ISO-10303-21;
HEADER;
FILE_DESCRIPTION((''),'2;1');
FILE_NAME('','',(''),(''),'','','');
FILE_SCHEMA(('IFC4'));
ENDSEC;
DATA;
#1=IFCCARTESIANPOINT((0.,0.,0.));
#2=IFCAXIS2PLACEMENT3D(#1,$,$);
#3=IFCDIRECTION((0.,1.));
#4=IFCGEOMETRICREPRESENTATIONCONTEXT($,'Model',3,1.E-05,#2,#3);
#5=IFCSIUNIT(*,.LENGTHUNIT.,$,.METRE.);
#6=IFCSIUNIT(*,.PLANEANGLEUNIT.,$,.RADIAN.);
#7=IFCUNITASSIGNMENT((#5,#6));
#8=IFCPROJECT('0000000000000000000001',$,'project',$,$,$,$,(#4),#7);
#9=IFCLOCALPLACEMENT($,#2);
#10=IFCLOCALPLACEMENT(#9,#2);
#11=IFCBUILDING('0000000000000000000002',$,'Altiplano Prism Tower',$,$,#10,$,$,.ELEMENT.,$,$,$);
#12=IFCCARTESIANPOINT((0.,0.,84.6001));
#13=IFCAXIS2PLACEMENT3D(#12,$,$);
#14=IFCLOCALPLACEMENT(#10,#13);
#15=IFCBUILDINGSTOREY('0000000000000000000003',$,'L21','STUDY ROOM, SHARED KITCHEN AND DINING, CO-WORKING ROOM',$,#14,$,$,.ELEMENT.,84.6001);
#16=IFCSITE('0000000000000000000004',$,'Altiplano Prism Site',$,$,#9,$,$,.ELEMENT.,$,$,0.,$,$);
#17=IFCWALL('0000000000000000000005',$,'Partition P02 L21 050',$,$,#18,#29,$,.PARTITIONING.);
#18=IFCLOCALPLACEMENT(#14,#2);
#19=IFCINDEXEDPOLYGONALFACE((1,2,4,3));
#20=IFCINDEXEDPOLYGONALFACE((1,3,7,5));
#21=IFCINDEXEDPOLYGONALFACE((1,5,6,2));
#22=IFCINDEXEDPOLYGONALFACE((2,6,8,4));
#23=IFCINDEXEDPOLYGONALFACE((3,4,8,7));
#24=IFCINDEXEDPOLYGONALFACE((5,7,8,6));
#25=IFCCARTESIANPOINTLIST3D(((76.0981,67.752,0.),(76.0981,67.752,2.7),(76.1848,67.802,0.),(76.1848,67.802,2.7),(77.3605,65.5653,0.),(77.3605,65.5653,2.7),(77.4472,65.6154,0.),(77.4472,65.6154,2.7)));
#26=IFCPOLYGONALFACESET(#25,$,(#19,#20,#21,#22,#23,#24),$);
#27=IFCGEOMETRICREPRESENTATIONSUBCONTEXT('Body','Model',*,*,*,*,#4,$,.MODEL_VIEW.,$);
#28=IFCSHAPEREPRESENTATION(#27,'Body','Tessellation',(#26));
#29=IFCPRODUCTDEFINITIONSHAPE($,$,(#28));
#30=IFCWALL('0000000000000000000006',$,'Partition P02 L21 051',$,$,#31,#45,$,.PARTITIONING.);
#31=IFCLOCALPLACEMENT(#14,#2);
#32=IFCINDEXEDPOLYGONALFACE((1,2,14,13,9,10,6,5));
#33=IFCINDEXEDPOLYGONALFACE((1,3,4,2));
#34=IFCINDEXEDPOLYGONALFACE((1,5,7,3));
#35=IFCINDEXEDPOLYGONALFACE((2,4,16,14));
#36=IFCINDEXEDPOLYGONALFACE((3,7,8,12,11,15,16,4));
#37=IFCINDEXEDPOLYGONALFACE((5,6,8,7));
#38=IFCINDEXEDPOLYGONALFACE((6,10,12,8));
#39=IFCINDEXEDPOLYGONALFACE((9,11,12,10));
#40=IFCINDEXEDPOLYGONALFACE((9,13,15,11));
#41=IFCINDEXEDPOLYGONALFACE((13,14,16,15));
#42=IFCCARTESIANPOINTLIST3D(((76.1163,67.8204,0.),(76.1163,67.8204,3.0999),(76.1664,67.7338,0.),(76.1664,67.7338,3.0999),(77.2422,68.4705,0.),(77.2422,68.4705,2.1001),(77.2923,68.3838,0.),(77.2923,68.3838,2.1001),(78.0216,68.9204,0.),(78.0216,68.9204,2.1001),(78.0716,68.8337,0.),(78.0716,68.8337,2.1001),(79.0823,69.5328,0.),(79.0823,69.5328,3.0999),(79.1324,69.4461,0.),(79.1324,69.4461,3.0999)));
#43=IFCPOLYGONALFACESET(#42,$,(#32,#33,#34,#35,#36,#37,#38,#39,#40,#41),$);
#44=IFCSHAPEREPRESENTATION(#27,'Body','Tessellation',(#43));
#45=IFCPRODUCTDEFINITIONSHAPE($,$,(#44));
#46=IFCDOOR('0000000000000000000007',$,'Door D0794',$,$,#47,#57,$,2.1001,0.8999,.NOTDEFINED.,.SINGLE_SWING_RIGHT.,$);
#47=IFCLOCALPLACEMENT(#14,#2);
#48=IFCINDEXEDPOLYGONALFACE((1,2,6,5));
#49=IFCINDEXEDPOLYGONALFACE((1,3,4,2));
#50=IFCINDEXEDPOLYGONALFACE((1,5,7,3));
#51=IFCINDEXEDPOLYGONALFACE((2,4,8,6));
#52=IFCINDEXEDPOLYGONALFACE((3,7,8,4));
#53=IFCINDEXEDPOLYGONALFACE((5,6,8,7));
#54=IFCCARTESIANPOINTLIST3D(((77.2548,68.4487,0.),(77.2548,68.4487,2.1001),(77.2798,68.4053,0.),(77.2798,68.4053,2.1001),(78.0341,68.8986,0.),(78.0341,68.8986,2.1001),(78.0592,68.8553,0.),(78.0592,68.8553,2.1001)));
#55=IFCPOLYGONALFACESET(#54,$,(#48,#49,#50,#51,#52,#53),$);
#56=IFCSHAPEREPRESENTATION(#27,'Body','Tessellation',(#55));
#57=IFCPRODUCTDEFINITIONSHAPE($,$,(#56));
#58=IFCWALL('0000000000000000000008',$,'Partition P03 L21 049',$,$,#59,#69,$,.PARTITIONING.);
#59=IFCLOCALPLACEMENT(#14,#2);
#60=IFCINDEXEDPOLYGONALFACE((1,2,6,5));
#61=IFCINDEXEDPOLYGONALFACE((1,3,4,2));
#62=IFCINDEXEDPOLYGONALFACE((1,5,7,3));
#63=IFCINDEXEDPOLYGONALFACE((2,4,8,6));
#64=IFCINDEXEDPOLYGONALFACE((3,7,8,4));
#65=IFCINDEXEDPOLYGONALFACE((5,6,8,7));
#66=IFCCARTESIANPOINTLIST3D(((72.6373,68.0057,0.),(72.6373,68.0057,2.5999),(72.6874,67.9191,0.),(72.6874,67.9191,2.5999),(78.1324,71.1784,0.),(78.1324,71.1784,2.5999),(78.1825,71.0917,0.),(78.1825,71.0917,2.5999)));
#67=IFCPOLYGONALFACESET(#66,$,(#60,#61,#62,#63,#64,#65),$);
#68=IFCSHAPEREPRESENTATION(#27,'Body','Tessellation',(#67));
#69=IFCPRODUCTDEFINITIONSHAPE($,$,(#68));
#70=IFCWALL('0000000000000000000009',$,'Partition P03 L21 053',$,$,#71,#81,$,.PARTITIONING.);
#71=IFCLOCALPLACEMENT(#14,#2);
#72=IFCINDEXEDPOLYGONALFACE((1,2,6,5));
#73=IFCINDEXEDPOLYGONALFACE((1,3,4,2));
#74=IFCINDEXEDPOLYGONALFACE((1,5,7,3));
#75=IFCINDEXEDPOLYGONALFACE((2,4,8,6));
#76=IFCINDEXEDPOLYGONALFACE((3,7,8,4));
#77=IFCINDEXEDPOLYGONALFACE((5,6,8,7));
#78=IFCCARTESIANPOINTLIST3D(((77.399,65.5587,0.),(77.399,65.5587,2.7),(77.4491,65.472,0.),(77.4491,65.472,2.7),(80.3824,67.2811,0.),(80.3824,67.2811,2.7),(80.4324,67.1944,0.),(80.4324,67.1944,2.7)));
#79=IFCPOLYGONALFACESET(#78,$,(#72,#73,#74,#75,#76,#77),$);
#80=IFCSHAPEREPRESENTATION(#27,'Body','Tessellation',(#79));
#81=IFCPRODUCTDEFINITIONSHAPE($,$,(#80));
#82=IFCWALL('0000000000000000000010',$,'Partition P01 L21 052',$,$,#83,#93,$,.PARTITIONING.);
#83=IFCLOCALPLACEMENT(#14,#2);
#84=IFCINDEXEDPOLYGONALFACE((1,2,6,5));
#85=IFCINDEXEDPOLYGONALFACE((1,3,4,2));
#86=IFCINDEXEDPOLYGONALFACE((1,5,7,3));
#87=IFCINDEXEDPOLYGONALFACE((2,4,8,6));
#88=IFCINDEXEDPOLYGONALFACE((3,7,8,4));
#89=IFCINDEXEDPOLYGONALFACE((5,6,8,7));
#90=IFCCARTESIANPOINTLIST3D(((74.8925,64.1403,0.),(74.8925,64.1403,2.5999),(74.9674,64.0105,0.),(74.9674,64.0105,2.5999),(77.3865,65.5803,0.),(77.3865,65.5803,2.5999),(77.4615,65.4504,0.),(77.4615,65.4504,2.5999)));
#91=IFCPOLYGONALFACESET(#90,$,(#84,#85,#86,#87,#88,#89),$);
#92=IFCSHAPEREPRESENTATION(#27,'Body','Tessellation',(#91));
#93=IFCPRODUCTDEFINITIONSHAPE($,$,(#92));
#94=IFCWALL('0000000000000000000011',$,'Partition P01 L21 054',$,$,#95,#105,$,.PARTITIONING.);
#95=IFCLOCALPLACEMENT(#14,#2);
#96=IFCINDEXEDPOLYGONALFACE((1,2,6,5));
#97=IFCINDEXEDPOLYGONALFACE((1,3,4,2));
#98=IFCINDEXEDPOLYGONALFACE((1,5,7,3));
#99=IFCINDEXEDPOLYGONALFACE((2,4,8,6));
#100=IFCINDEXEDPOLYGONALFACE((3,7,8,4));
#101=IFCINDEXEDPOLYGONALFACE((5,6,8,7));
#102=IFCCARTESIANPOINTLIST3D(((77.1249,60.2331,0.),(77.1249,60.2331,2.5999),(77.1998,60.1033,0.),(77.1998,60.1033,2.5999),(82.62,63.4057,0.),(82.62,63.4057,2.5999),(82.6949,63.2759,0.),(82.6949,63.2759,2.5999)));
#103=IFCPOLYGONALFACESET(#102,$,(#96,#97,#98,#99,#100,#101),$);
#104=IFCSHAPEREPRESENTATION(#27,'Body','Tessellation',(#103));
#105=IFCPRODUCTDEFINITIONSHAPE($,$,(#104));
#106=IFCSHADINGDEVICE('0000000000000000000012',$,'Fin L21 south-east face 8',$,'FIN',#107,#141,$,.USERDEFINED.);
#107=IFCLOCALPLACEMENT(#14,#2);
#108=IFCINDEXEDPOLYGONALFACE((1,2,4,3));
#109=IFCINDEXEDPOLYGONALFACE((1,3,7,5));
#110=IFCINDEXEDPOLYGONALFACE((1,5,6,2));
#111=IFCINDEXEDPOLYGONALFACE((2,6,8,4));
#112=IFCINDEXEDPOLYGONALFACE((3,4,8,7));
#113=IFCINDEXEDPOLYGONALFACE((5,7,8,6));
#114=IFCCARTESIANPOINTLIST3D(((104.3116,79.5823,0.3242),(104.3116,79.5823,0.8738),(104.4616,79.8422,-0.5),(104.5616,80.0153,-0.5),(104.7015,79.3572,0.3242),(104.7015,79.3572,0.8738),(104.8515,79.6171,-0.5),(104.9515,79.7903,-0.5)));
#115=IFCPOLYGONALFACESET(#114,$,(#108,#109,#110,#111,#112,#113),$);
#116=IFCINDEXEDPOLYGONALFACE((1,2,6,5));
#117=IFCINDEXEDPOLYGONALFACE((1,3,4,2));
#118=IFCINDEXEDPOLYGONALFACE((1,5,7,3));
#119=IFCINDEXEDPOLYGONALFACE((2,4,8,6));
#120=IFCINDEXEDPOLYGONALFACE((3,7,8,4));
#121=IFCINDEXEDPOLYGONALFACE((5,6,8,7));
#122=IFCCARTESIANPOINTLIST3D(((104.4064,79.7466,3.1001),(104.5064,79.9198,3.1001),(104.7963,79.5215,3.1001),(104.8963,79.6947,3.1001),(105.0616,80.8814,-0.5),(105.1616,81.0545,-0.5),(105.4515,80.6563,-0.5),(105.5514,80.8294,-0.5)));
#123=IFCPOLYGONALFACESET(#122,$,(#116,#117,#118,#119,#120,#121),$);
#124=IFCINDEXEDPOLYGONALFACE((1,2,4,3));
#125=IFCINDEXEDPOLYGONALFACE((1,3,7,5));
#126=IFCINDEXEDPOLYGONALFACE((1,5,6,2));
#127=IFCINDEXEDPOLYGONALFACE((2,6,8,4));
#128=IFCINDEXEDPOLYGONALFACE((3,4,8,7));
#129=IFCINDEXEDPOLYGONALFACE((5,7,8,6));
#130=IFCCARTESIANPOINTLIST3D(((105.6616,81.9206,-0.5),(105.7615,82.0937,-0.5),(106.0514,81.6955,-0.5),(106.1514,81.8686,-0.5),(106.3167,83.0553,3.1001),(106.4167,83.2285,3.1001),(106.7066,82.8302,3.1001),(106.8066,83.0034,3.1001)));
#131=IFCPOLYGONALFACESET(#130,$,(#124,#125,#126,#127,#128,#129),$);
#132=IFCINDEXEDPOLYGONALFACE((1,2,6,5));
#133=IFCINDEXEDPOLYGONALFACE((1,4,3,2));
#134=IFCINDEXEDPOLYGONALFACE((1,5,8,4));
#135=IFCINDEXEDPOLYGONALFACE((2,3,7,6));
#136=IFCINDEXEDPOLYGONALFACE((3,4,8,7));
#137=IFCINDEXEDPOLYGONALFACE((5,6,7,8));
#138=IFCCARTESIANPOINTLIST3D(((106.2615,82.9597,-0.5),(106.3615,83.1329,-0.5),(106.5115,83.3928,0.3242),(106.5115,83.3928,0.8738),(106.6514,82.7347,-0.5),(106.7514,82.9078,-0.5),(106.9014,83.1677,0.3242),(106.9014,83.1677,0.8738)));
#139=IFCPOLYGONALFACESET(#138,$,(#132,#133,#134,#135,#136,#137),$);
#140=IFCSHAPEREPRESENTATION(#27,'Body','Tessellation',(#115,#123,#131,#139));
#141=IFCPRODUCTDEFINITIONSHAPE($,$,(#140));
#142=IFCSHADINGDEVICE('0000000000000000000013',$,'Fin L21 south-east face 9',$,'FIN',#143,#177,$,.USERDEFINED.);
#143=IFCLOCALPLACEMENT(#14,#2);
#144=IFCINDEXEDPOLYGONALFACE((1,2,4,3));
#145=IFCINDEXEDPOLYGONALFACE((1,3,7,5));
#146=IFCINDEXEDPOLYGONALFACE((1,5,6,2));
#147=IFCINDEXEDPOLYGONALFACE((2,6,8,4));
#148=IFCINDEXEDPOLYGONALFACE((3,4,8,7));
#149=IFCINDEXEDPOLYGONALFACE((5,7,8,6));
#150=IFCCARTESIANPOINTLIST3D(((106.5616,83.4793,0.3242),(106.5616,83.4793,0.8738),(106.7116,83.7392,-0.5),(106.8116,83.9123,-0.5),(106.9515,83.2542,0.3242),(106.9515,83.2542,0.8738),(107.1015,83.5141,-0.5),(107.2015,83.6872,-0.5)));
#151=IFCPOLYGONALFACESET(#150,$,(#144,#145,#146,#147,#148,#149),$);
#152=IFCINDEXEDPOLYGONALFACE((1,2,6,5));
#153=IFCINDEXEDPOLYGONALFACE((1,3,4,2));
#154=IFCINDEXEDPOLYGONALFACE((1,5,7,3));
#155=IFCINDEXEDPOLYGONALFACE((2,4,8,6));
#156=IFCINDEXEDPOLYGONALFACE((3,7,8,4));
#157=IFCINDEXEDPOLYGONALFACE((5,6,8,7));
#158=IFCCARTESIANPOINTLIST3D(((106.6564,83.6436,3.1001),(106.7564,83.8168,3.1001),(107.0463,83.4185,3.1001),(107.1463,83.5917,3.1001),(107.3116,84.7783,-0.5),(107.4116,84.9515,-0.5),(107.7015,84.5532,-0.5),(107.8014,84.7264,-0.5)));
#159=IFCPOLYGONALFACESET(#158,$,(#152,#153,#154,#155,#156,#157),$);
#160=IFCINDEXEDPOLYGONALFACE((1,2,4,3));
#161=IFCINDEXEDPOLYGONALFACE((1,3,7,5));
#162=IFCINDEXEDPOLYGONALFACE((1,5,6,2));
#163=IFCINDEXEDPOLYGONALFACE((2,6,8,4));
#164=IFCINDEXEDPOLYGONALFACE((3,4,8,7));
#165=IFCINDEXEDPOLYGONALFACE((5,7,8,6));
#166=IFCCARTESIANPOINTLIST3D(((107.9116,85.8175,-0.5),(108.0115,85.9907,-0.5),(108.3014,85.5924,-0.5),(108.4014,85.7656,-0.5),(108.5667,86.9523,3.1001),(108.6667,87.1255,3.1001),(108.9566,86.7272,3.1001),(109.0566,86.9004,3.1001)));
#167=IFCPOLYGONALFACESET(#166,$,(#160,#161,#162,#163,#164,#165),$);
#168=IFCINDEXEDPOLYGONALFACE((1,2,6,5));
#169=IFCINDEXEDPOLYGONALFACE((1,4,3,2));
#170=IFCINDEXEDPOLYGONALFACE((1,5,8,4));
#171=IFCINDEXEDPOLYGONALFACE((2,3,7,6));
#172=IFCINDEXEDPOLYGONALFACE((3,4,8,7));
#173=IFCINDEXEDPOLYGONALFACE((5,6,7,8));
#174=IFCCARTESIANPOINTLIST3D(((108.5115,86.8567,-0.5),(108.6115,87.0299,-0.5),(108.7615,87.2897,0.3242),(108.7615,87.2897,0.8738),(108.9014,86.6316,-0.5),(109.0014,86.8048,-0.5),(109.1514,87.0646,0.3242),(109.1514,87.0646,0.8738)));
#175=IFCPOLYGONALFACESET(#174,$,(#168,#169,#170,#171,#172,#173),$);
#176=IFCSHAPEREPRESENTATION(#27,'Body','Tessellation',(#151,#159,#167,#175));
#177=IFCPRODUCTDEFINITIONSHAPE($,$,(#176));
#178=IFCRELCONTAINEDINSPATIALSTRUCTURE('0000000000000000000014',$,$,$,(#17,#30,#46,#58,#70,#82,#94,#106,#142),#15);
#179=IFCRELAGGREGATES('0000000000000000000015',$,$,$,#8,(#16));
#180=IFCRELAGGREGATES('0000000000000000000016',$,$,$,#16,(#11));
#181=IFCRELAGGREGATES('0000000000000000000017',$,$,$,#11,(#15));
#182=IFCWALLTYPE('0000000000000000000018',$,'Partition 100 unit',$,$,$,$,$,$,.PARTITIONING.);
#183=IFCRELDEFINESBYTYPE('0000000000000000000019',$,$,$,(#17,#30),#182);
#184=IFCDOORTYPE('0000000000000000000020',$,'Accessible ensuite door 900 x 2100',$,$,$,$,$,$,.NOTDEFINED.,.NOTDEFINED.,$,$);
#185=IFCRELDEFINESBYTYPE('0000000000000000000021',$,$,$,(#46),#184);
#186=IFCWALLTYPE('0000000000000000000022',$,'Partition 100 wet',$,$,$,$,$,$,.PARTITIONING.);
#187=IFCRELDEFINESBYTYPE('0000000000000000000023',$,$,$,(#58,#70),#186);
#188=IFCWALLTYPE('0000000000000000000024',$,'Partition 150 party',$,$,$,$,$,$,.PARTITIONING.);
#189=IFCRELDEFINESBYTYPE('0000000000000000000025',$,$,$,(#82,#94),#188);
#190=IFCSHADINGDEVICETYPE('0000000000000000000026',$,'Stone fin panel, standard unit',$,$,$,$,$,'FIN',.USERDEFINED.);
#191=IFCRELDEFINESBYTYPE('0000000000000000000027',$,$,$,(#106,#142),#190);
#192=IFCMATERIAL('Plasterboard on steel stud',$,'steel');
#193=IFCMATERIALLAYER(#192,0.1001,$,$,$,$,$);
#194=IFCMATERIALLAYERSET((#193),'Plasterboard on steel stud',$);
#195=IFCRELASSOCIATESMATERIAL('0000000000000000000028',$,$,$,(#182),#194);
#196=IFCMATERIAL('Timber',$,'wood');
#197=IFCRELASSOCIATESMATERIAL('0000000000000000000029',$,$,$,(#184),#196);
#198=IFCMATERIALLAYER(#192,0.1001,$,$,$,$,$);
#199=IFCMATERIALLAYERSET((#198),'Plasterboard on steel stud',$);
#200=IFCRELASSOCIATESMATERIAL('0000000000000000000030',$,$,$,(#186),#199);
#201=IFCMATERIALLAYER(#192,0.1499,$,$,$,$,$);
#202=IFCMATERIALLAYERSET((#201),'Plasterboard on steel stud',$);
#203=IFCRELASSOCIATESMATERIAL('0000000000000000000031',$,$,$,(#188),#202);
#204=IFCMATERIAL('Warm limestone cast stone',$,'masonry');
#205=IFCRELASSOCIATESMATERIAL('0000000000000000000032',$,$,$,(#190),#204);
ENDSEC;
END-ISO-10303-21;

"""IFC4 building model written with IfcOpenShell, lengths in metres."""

from ifc_helpers import new_model, si_unit, direction, frame, frame_2d, origin, place, context, subcontext, project, spatial, polyline, rectangle, outline, extrude, source, transform, mapped, material, layer, layer_set, type_object, element, fill, save


model = new_model("IFC4")

# Units and contexts
model_context = context("Model", 3, precision=1e-05, world=origin(), true_north=direction((0.0, 1.0)))
body_context = subcontext(model_context, "Body", "Model", "MODEL_VIEW")
ifc_project = project(units=[si_unit("LENGTHUNIT", "METRE"), si_unit("PLANEANGLEUNIT", "RADIAN")], contexts=[model_context])

# Site, building, storey
site_placement = place(None, origin())
site = spatial("IfcSite", under=ifc_project, at=site_placement, Name="Altiplano Prism Site", CompositionType="ELEMENT", RefElevation=0.0)
building_placement = place(site_placement, origin())
building = spatial("IfcBuilding", under=site, at=building_placement, Name="Altiplano Prism Tower", CompositionType="ELEMENT")
storey_placement = place(building_placement, frame((0.0, 0.0, 84.6001)))
storey = spatial("IfcBuildingStorey", under=building, at=storey_placement, Name="L21", Description="STUDY ROOM, SHARED KITCHEN AND DINING, CO-WORKING ROOM", CompositionType="ELEMENT", Elevation=84.6001)

# Wall
ifc_material_1 = material(Name="Plasterboard on steel stud", Category="steel")
ifc_layer_1 = layer(ifc_material_1, 0.1001)
ifc_layer_set_1 = layer_set([ifc_layer_1], Name="Plasterboard on steel stud")
wall_type_1 = type_object("IfcWallType", Name="Partition 100 unit", PredefinedType="PARTITIONING", material=ifc_layer_set_1)
wall_1_placement = place(storey_placement, frame((77.4038, 65.5903, 0.0), z_axis=(0.0, 0.0, 1.0), x_axis=(-0.499976, 0.866039, 0.0)))
element("IfcWall", 1, at=wall_1_placement, inside=storey, type_object=wall_type_1, Name="Partition P02 L21 050", PredefinedType="PARTITIONING", context=body_context, shape_type="SweptSolid", body=[
    extrude(rectangle(XDim=2.5249, YDim=0.1001, at=frame_2d((1.2625, 0.0))), origin(), (0.0, 0.0, 1.0), 2.7),
])

# Wall, opening, door
wall_2_placement = place(storey_placement, frame((76.1414, 67.7771, 0.0), z_axis=(0.0, 0.0, 1.0), x_axis=(0.866032, 0.499988, 0.0)))
wall_2 = element("IfcWall", 2, at=wall_2_placement, inside=storey, type_object=wall_type_1, Name="Partition P02 L21 051", PredefinedType="PARTITIONING", context=body_context, shape_type="SweptSolid", body=[
    extrude(rectangle(XDim=3.4248, YDim=0.1001, at=frame_2d((1.7124, 0.0))), origin(), (0.0, 0.0, 1.0), 3.0999),
])
opening_placement = place(wall_2_placement, frame((1.3, 0.0, 0.0)))
opening = element("IfcOpeningElement", 3, at=opening_placement, cuts=wall_2, PredefinedType="OPENING", context=body_context, shape_type="SweptSolid", body=[
    extrude(rectangle(XDim=0.8999, YDim=2.1001, at=frame_2d((0.45, 1.05))), frame((0.0, 0.0605, 0.0), z_axis=(0.0, -1.0, 0.0), x_axis=(1.0, 0.0, 0.0)), (0.0, 0.0, 1.0), 0.1211),
])
ifc_material_2 = material(Name="Timber", Category="wood")
door_type = type_object("IfcDoorType", Name="Accessible ensuite door 900 x 2100", OperationType="NOTDEFINED", PredefinedType="NOTDEFINED", material=ifc_material_2)
door_placement = place(opening_placement, origin())
door = element("IfcDoor", 4, at=door_placement, inside=storey, type_object=door_type, Name="Door D0794", OperationType="SINGLE_SWING_RIGHT", OverallHeight=2.1001, OverallWidth=0.8999, PredefinedType="NOTDEFINED", context=body_context, shape_type="SweptSolid", body=[
    extrude(rectangle(XDim=0.8999, YDim=2.1001, at=frame_2d((0.45, 1.05))), frame((0.0, 0.0249, 0.0), z_axis=(0.0, -1.0, 0.0), x_axis=(1.0, 0.0, 0.0)), (0.0, 0.0, 1.0), 0.05),
])
fill(opening, door)

# Walls
ifc_layer_2 = layer(ifc_material_1, 0.1001)
ifc_layer_set_2 = layer_set([ifc_layer_2], Name="Plasterboard on steel stud")
wall_type_2 = type_object("IfcWallType", Name="Partition 100 wet", PredefinedType="PARTITIONING", material=ifc_layer_set_2)
wall_3_placement = place(storey_placement, frame((72.6624, 67.9624, 0.0), z_axis=(0.0, 0.0, 1.0), x_axis=(0.866025, 0.5, 0.0)))
element("IfcWall", 5, at=wall_3_placement, inside=storey, type_object=wall_type_2, Name="Partition P03 L21 049", PredefinedType="PARTITIONING", context=body_context, shape_type="SweptSolid", body=[
    extrude(rectangle(XDim=6.3452, YDim=0.1001, at=frame_2d((3.1726, 0.0))), origin(), (0.0, 0.0, 1.0), 2.5999),
])
wall_4_placement = place(storey_placement, frame((77.4241, 65.5154, 0.0), z_axis=(0.0, 0.0, 1.0), x_axis=(0.866032, 0.499988, 0.0)))
element("IfcWall", 6, at=wall_4_placement, inside=storey, type_object=wall_type_2, Name="Partition P03 L21 053", PredefinedType="PARTITIONING", context=body_context, shape_type="SweptSolid", body=[
    extrude(rectangle(XDim=3.4448, YDim=0.1001, at=frame_2d((1.7224, 0.0))), origin(), (0.0, 0.0, 1.0), 2.7),
])
ifc_layer_3 = layer(ifc_material_1, 0.1499)
ifc_layer_set_3 = layer_set([ifc_layer_3], Name="Plasterboard on steel stud")
wall_type_3 = type_object("IfcWallType", Name="Partition 150 party", PredefinedType="PARTITIONING", material=ifc_layer_set_3)
wall_5_placement = place(storey_placement, frame((74.9299, 64.0754, 0.0), z_axis=(0.0, 0.0, 1.0), x_axis=(0.866033, 0.499987, 0.0)))
element("IfcWall", 7, at=wall_5_placement, inside=storey, type_object=wall_type_3, Name="Partition P01 L21 052", PredefinedType="PARTITIONING", context=body_context, shape_type="SweptSolid", body=[
    extrude(rectangle(XDim=2.8799, YDim=0.1499, at=frame_2d((1.4399, 0.0))), origin(), (0.0, 0.0, 1.0), 2.5999),
])
wall_6_placement = place(storey_placement, frame((77.1624, 60.1682, 0.0), z_axis=(0.0, 0.0, 1.0), x_axis=(0.866025, 0.5, 0.0)))
element("IfcWall", 8, at=wall_6_placement, inside=storey, type_object=wall_type_3, Name="Partition P01 L21 054", PredefinedType="PARTITIONING", context=body_context, shape_type="SweptSolid", body=[
    extrude(rectangle(XDim=6.3452, YDim=0.1499, at=frame_2d((3.1726, 0.0))), origin(), (0.0, 0.0, 1.0), 2.5999),
])

# Shading devices
ifc_material_3 = material(Name="Warm limestone cast stone", Category="masonry")
shading_device_type_1 = type_object("IfcShadingDeviceType", Name="Stone fin panel, standard unit", ElementType="FIN", PredefinedType="USERDEFINED", material=ifc_material_3)
shared_shape_1 = source(origin(), body_context, "Body", "SweptSolid", [
    extrude(outline(polyline([(-2.2, 1.3738), (-2.2, 0.8242), (-1.8999, 0.0), (-1.7, 0.0), (-2.2, 1.3738)])), frame((0.0, -0.1499, 0.0), z_axis=(0.0, -1.0, 0.0), x_axis=(1.0, 0.0, 0.0)), (0.0, 0.0, 1.0), 0.4502),
    extrude(outline(polyline([(-2.0103, 3.6001), (-0.7, 0.0), (-0.5, 0.0), (-1.8103, 3.6001), (-2.0103, 3.6001)])), frame((0.0, -0.1499, 0.0), z_axis=(0.0, -1.0, 0.0), x_axis=(1.0, 0.0, 0.0)), (0.0, 0.0, 1.0), 0.4502),
    extrude(outline(polyline([(1.8103, 3.6001), (0.5, 0.0), (0.7, 0.0), (2.0103, 3.6001), (1.8103, 3.6001)])), frame((0.0, -0.1499, 0.0), z_axis=(0.0, -1.0, 0.0), x_axis=(1.0, 0.0, 0.0)), (0.0, 0.0, 1.0), 0.4502),
    extrude(outline(polyline([(2.2, 0.8242), (2.2, 1.3738), (1.7, 0.0), (1.8999, 0.0), (2.2, 0.8242)])), frame((0.0, -0.1499, 0.0), z_axis=(0.0, -1.0, 0.0), x_axis=(1.0, 0.0, 0.0)), (0.0, 0.0, 1.0), 0.4502),
])
shading_device_1_placement = place(storey_placement, origin())
element("IfcShadingDevice", 9, at=shading_device_1_placement, inside=storey, type_object=shading_device_type_1, Name="Fin L21 south-east face 8", ObjectType="FIN", PredefinedType="USERDEFINED", context=body_context, shape_type="MappedRepresentation", body=[
    mapped(shared_shape_1, transform((105.2817, 81.5625, -0.5), x_axis=(0.5, 0.866025, 0.0), y_axis=(-0.866025, 0.5, 0.0), z_axis=(0.0, 0.0, 1.0))),
])
shading_device_2_placement = place(storey_placement, origin())
element("IfcShadingDevice", 10, at=shading_device_2_placement, inside=storey, type_object=shading_device_type_1, Name="Fin L21 south-east face 9", ObjectType="FIN", PredefinedType="USERDEFINED", context=body_context, shape_type="MappedRepresentation", body=[
    mapped(shared_shape_1, transform((107.5317, 85.4595, -0.5), x_axis=(0.5, 0.866025, 0.0), y_axis=(-0.866025, 0.5, 0.0), z_axis=(0.0, 0.0, 1.0))),
])

save(model, "model.ifc")
